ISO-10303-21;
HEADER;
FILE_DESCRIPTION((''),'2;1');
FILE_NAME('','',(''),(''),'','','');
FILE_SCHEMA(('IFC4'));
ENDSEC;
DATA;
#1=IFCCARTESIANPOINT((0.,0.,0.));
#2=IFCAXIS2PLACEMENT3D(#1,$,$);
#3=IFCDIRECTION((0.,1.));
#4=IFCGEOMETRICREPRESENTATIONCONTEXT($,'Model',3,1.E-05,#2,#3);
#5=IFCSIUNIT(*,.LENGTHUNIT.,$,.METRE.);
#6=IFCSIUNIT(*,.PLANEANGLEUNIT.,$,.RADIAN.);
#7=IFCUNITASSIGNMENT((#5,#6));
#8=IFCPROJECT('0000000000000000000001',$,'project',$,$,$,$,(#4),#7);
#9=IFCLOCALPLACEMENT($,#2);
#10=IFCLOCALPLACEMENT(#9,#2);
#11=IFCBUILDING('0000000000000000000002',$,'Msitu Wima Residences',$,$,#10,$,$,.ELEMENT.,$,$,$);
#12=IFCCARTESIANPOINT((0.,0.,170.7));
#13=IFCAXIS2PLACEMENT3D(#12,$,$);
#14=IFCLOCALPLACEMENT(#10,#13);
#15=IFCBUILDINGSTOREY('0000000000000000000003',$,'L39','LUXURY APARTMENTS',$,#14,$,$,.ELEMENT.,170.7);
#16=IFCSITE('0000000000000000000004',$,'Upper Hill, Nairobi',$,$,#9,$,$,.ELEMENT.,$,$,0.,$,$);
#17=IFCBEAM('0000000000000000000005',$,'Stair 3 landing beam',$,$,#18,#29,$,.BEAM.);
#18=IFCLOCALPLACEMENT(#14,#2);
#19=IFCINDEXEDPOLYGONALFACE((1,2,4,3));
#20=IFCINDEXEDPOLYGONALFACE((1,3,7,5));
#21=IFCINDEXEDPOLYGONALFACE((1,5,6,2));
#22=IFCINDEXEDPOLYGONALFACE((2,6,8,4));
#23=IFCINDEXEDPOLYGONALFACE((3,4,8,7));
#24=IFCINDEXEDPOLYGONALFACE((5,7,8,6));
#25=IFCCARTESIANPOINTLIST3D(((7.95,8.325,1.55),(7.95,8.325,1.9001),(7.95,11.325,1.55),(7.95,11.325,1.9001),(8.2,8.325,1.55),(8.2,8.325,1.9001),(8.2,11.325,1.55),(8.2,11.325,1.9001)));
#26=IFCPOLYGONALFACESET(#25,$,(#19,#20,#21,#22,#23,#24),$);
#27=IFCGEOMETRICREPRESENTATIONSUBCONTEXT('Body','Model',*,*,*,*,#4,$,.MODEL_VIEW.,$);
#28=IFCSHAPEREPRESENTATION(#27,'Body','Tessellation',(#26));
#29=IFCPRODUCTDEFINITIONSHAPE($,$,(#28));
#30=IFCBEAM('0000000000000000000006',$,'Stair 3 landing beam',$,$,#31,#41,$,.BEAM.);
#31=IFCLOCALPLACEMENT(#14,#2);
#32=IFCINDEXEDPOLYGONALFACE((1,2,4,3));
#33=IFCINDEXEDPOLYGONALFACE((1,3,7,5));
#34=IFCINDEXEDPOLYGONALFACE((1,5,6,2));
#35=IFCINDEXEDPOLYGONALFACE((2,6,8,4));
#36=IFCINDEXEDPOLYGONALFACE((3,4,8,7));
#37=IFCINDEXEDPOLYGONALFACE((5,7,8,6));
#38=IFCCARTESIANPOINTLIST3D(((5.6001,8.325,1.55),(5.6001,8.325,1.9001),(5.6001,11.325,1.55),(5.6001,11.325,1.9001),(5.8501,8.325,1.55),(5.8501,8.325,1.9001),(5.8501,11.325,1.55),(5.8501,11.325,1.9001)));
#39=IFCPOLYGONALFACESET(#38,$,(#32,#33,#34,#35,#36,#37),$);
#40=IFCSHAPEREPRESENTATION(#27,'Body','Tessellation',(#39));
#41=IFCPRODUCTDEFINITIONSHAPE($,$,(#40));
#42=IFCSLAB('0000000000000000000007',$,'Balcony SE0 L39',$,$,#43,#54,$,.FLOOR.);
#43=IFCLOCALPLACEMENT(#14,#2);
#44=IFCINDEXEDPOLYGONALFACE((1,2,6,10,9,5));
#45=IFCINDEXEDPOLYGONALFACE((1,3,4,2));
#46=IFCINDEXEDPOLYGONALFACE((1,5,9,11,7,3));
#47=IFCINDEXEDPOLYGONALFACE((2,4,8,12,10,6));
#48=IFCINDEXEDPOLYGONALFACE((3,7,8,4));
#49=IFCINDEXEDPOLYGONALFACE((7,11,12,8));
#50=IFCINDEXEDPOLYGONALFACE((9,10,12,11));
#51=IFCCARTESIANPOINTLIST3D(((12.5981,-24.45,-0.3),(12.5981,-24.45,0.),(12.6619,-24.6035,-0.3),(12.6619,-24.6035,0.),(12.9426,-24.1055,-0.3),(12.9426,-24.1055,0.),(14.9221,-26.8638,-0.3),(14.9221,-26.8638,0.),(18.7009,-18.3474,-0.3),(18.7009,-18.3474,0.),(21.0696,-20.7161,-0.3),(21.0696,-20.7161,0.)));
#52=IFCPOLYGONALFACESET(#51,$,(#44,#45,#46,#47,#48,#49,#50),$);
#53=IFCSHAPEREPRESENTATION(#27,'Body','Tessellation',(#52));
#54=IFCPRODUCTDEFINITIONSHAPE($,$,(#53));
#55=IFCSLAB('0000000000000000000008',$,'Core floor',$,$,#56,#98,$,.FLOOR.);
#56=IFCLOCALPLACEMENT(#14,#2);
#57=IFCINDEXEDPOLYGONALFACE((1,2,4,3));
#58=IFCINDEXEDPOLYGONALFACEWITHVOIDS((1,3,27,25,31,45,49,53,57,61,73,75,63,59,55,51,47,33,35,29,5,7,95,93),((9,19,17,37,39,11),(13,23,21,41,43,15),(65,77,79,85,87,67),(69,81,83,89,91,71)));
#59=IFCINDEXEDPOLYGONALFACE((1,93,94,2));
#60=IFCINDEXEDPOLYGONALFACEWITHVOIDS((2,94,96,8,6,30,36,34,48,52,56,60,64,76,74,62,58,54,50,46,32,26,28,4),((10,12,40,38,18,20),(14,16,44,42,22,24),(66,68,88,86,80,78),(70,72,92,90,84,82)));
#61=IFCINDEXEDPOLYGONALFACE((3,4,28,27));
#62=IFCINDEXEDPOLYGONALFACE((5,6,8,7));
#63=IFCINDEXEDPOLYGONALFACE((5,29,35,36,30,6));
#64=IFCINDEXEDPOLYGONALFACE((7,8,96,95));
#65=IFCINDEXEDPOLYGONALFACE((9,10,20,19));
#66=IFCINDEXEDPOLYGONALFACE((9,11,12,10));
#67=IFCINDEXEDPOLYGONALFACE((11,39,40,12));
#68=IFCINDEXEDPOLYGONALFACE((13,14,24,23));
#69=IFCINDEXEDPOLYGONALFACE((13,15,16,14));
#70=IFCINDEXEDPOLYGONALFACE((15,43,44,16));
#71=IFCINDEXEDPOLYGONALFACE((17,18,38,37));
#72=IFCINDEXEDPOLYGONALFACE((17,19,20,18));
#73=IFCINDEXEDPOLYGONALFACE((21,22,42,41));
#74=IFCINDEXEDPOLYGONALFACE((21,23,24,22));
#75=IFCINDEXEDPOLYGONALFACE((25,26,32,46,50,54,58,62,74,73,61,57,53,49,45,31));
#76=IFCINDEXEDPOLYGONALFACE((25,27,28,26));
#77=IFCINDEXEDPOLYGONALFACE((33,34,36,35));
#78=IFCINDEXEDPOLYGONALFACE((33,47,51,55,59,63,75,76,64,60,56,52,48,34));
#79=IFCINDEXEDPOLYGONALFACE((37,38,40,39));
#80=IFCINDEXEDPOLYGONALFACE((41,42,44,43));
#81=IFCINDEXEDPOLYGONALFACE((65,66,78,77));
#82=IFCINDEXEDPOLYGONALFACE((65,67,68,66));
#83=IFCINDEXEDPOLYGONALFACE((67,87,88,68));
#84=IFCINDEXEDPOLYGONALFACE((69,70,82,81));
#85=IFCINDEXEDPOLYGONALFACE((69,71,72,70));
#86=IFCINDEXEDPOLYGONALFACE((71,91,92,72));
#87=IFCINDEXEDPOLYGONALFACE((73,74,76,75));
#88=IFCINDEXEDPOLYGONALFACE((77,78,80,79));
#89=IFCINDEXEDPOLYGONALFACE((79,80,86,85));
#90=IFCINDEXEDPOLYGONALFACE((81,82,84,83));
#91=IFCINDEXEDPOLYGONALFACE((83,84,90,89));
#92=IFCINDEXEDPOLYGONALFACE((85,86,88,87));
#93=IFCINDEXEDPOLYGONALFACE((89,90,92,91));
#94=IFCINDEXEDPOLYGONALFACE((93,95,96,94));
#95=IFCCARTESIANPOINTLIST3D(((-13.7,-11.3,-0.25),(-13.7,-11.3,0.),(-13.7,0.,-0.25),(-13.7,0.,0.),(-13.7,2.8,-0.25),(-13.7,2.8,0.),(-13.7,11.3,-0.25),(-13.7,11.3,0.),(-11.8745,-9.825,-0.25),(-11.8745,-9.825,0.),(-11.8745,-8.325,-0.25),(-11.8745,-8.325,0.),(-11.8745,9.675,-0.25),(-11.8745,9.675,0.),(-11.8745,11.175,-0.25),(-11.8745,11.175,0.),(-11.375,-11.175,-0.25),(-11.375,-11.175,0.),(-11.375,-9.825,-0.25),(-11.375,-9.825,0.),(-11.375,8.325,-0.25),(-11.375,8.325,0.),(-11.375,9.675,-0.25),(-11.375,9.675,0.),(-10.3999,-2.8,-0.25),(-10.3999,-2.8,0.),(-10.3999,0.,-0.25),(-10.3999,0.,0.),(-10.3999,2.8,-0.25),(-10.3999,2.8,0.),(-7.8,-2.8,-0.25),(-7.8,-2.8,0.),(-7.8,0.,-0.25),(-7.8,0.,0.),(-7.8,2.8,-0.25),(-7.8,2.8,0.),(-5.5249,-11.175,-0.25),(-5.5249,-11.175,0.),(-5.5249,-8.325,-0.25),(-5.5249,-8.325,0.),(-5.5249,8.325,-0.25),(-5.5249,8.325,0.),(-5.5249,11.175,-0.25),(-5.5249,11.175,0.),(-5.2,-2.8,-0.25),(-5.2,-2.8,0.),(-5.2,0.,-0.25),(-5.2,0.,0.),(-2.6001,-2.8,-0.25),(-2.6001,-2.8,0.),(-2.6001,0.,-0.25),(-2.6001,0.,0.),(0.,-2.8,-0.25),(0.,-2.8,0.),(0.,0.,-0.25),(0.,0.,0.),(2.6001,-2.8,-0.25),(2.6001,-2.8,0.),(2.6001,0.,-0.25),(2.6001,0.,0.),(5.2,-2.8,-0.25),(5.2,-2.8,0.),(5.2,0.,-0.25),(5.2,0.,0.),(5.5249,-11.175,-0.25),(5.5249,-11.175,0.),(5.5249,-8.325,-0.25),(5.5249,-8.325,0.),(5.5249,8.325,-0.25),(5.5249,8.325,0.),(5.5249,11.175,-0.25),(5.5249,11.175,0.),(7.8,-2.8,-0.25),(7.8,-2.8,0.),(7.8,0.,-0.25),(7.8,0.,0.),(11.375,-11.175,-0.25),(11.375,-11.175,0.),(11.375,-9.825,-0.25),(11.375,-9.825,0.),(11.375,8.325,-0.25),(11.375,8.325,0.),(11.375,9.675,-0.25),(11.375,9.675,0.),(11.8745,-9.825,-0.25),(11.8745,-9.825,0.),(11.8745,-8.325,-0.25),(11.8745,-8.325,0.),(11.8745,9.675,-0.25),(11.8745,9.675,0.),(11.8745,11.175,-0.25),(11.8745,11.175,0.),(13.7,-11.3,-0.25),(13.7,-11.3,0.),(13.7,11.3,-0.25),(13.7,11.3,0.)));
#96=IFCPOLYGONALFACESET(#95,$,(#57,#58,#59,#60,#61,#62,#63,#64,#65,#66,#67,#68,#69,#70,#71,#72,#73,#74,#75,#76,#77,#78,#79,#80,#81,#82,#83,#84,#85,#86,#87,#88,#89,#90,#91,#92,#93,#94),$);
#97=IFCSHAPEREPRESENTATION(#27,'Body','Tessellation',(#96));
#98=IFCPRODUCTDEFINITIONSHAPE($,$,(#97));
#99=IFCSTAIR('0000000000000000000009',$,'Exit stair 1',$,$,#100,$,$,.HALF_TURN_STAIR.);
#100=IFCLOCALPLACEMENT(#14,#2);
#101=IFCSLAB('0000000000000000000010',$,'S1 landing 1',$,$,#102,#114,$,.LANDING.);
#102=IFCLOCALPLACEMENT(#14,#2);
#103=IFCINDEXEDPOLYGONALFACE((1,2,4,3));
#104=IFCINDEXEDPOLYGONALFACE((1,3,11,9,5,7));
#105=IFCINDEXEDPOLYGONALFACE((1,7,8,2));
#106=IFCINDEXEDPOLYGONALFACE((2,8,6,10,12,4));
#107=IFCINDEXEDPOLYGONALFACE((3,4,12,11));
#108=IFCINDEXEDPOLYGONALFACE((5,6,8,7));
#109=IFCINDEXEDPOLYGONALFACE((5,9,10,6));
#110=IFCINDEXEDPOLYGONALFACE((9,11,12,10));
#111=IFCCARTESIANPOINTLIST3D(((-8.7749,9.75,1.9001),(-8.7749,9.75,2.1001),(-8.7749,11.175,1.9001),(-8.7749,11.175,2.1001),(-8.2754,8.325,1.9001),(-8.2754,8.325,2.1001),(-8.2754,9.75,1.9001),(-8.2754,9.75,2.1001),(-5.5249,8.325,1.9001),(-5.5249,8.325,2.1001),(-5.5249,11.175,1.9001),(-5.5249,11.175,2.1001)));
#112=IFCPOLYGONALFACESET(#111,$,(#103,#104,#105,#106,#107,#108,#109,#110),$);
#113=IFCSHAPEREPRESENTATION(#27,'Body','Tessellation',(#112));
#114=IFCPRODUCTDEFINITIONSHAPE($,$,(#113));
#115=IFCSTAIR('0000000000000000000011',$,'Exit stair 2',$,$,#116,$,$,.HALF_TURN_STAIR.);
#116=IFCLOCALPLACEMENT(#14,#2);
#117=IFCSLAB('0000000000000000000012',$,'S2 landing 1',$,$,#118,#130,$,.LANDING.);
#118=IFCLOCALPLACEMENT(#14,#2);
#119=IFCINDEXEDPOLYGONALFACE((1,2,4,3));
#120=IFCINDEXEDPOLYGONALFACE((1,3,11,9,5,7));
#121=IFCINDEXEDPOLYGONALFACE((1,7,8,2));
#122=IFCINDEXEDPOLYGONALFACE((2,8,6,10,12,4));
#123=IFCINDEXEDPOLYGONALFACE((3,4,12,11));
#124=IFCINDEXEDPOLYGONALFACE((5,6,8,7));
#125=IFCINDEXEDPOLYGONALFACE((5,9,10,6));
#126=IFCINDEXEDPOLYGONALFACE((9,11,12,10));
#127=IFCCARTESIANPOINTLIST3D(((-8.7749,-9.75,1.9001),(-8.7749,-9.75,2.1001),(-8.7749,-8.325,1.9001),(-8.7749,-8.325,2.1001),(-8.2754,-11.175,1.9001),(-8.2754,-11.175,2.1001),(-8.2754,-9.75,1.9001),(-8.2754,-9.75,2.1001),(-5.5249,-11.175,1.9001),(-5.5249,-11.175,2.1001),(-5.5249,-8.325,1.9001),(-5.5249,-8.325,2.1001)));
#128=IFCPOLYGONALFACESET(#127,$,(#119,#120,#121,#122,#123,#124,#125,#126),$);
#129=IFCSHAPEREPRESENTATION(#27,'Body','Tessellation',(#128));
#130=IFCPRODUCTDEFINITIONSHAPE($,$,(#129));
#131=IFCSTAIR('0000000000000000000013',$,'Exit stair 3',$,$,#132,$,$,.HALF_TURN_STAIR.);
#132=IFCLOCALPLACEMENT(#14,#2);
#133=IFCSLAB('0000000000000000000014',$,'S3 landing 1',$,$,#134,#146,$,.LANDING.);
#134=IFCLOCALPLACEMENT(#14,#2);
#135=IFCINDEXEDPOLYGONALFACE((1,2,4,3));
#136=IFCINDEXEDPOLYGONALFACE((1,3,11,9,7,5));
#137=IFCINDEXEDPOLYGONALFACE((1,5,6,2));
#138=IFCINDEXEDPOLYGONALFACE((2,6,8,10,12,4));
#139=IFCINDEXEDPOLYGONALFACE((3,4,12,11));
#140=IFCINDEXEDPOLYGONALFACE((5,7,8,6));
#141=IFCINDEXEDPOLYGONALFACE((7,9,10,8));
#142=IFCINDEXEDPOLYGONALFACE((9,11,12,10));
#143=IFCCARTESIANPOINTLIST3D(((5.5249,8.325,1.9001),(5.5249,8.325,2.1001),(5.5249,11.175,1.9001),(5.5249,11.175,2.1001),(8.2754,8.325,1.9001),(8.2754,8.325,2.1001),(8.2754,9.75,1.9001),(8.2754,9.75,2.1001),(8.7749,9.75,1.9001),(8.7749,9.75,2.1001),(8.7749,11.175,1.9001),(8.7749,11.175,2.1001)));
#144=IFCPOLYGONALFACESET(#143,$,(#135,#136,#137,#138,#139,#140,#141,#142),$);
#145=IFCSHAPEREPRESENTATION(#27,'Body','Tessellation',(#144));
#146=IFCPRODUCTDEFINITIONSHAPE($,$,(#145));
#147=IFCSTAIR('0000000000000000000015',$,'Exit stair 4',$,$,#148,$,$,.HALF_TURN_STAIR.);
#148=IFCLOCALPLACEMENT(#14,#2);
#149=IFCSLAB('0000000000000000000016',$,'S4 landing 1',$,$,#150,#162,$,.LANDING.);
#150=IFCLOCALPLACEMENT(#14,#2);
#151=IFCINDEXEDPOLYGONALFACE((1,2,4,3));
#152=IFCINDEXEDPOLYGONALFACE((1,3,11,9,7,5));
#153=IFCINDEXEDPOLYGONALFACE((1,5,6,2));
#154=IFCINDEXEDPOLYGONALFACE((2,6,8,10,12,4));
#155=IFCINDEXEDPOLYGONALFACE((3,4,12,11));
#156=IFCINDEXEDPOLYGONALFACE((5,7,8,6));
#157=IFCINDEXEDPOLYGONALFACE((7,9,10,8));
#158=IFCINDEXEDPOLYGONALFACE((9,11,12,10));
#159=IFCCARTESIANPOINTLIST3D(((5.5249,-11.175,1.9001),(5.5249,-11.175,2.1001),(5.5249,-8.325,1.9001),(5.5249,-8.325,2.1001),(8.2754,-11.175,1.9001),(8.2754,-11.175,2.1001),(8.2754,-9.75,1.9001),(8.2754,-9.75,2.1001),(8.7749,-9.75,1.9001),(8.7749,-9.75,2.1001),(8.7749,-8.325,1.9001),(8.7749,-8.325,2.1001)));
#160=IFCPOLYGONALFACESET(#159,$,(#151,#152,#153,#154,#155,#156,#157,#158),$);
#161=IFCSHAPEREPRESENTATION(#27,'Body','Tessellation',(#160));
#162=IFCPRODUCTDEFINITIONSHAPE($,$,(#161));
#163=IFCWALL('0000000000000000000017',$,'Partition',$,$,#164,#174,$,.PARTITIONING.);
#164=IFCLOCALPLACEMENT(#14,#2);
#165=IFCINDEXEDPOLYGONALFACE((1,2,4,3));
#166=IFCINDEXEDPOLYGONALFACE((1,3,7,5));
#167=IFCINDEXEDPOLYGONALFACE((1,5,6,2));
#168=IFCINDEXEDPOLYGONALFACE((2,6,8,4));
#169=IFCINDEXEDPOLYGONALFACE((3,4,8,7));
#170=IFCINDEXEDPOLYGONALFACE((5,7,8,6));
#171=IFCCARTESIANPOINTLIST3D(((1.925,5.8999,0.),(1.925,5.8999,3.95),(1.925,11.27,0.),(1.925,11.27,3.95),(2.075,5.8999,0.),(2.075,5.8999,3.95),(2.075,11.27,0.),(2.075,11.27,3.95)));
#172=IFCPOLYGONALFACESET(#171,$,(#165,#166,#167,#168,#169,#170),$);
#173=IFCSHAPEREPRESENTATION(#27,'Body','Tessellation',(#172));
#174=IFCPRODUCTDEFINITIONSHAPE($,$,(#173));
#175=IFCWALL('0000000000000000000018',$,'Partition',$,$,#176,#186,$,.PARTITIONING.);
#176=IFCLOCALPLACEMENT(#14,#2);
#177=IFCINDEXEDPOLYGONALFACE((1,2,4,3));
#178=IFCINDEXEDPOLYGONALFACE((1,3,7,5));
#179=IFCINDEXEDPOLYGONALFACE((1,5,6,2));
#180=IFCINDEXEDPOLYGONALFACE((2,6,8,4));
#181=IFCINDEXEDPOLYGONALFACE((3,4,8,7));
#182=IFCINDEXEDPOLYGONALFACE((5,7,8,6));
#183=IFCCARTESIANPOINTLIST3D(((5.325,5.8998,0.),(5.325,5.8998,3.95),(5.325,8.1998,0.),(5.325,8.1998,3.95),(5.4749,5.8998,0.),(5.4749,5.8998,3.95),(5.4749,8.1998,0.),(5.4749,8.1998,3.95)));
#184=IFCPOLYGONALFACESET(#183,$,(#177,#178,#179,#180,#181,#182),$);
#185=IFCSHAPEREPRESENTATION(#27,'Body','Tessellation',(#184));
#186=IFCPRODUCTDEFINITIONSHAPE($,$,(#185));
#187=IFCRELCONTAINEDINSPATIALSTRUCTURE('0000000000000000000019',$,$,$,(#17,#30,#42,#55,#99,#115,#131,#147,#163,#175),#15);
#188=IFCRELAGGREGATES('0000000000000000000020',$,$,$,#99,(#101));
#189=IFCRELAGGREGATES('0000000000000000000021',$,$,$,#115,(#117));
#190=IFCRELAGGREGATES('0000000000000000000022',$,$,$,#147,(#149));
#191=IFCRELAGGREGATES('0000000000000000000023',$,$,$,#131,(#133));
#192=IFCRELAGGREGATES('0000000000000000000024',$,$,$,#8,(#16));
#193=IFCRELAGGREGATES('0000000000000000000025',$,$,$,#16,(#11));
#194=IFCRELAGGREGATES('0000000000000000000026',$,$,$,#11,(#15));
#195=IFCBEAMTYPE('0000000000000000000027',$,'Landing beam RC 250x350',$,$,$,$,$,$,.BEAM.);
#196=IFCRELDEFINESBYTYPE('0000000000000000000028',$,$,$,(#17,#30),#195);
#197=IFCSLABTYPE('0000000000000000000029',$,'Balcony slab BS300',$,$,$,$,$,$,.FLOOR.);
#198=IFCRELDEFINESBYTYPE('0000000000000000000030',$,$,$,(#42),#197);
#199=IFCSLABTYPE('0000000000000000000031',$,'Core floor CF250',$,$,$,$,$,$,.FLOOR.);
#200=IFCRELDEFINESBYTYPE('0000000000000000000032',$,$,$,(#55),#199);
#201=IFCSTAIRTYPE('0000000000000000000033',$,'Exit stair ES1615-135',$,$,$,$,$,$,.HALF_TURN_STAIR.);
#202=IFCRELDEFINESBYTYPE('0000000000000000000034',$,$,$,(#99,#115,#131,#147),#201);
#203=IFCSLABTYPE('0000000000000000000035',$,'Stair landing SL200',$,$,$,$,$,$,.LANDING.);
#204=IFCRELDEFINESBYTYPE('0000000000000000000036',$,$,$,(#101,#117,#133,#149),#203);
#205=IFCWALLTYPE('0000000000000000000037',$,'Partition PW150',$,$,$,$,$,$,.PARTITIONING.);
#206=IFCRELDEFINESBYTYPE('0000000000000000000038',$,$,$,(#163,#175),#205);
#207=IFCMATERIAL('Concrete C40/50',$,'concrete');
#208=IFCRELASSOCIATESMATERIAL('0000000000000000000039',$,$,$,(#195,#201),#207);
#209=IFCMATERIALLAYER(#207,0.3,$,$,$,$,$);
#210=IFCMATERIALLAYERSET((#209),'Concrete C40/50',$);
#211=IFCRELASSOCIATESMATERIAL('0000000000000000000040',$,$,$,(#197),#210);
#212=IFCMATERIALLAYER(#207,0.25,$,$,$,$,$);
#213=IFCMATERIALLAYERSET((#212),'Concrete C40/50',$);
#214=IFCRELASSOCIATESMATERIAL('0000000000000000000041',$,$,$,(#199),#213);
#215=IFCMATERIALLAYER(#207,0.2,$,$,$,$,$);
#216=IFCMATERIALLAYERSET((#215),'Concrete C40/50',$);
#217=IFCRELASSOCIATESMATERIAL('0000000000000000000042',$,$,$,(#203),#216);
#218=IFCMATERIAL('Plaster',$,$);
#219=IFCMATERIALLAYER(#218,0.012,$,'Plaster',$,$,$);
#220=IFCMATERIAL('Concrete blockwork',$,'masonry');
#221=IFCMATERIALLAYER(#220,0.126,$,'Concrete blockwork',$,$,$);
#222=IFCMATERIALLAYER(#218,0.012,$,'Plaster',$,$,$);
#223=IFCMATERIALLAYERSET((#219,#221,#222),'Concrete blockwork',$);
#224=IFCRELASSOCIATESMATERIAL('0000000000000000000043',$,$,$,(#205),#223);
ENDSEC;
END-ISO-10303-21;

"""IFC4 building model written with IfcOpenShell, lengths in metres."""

from ifc_helpers import new_model, si_unit, direction, frame, frame_2d, origin, origin_2d, place, context, subcontext, project, spatial, polyline, rectangle, outline, extrude, material, layer, layer_set, material_profile, profile_set, type_object, element, aggregate, save


model = new_model("IFC4")

# Units and contexts
model_context = context("Model", 3, precision=1e-05, world=origin(), true_north=direction((0.0, 1.0)))
body_context = subcontext(model_context, "Body", "Model", "MODEL_VIEW")
ifc_project = project(units=[si_unit("LENGTHUNIT", "METRE"), si_unit("PLANEANGLEUNIT", "RADIAN")], contexts=[model_context])

# Site, building, storey
site_placement = place(None, origin())
site = spatial("IfcSite", under=ifc_project, at=site_placement, Name="Upper Hill, Nairobi", CompositionType="ELEMENT", RefElevation=0.0)
building_placement = place(site_placement, origin())
building = spatial("IfcBuilding", under=site, at=building_placement, Name="Msitu Wima Residences", CompositionType="ELEMENT")
storey_placement = place(building_placement, frame((0.0, 0.0, 170.7)))
storey = spatial("IfcBuildingStorey", under=building, at=storey_placement, Name="L39", Description="LUXURY APARTMENTS", CompositionType="ELEMENT", Elevation=170.7)

# Beams
ifc_material_1 = material(Name="Concrete C40/50", Category="concrete")
ifc_material_profile = material_profile(ifc_material_1, rectangle(XDim=0.25, YDim=0.3501, at=origin_2d()), Name="RC 250x350")
ifc_profile_set = profile_set([ifc_material_profile], Name="Concrete C40/50")
beam_type = type_object("IfcBeamType", Name="Landing beam RC 250x350", PredefinedType="BEAM", material=ifc_profile_set)
for number, where, z_axis, x_axis, name in (
    (1, (8.075, 8.325, 1.7251), (0.0, 1.0, 0.0), (-1.0, 0.0, 0.0), "Stair 3 landing beam"),
    (2, (5.7251, 8.325, 1.7251), (0.0, 1.0, 0.0), (-1.0, 0.0, 0.0), "Stair 3 landing beam"),
):
    element("IfcBeam", number, at=place(storey_placement, frame(where, z_axis=z_axis, x_axis=x_axis)), inside=storey, type_object=beam_type, Name=name, PredefinedType="BEAM", context=body_context, shape_type="SweptSolid", body=[
        extrude(rectangle(XDim=0.25, YDim=0.3501, at=origin_2d()), origin(), (0.0, 0.0, 1.0), 3.0),
    ])

# Slabs
ifc_layer_1 = layer(ifc_material_1, 0.3)
ifc_layer_set_1 = layer_set([ifc_layer_1], Name="Concrete C40/50")
slab_type_1 = type_object("IfcSlabType", Name="Balcony slab BS300", PredefinedType="FLOOR", material=ifc_layer_set_1)
slab_1_placement = place(storey_placement, frame((0.0, 0.0, -0.3)))
element("IfcSlab", 3, at=slab_1_placement, inside=storey, type_object=slab_type_1, Name="Balcony SE0 L39", PredefinedType="FLOOR", context=body_context, shape_type="SweptSolid", body=[
    extrude(outline(polyline([(12.9426, -24.1055), (12.9426, -24.1055), (18.7009, -18.3474), (21.0696, -20.7161), (14.9221, -26.8638), (12.6619, -24.6035), (12.5981, -24.45), (12.9426, -24.1055), (12.9426, -24.1055)])), origin(), (0.0, 0.0, 1.0), 0.3),
])
ifc_layer_2 = layer(ifc_material_1, 0.25)
ifc_layer_set_2 = layer_set([ifc_layer_2], Name="Concrete C40/50")
slab_type_2 = type_object("IfcSlabType", Name="Core floor CF250", PredefinedType="FLOOR", material=ifc_layer_set_2)
slab_2_placement = place(storey_placement, frame((0.0, 0.0, -0.25)))
element("IfcSlab", 4, at=slab_2_placement, inside=storey, type_object=slab_type_2, Name="Core floor", PredefinedType="FLOOR", context=body_context, shape_type="SweptSolid", body=[
    extrude(outline(polyline([(-13.7, 11.3), (-13.7, 2.8), (-10.3999, 2.8), (-7.8, 2.8), (-7.8, 0.0), (-5.2, 0.0), (-2.6001, 0.0), (0.0, 0.0), (2.6001, 0.0), (5.2, 0.0), (7.8, 0.0), (7.8, -2.8), (5.2, -2.8), (2.6001, -2.8), (0.0, -2.8), (-2.6001, -2.8), (-5.2, -2.8), (-7.8, -2.8), (-10.3999, -2.8), (-10.3999, 0.0), (-13.7, 0.0), (-13.7, -11.3), (13.7, -11.3), (13.7, 11.3), (-13.7, 11.3)]), holes=[polyline([(-11.375, -11.175), (-11.375, -9.825), (-11.8745, -9.825), (-11.8745, -8.325), (-5.5249, -8.325), (-5.5249, -11.175), (-11.375, -11.175)]), polyline([(-11.375, 8.325), (-11.375, 9.675), (-11.8745, 9.675), (-11.8745, 11.175), (-5.5249, 11.175), (-5.5249, 8.325), (-11.375, 8.325)]), polyline([(11.375, -9.825), (11.375, -11.175), (5.5249, -11.175), (5.5249, -8.325), (11.8745, -8.325), (11.8745, -9.825), (11.375, -9.825)]), polyline([(11.375, 9.675), (11.375, 8.325), (5.5249, 8.325), (5.5249, 11.175), (11.8745, 11.175), (11.8745, 9.675), (11.375, 9.675)])]), origin(), (0.0, 0.0, 1.0), 0.25),
])

# Stairs, slabs
stair_type = type_object("IfcStairType", Name="Exit stair ES1615-135", PredefinedType="HALF_TURN_STAIR", material=ifc_material_1)
stair_1_placement = place(storey_placement, origin())
stair_1 = element("IfcStair", 5, at=stair_1_placement, inside=storey, type_object=stair_type, Name="Exit stair 1", PredefinedType="HALF_TURN_STAIR")
ifc_layer_3 = layer(ifc_material_1, 0.2)
ifc_layer_set_3 = layer_set([ifc_layer_3], Name="Concrete C40/50")
slab_type_3 = type_object("IfcSlabType", Name="Stair landing SL200", PredefinedType="LANDING", material=ifc_layer_set_3)
slab_3_placement = place(storey_placement, frame((0.0, 0.0, 1.9001)))
slab_3 = element("IfcSlab", 6, at=slab_3_placement, type_object=slab_type_3, Name="S1 landing 1", PredefinedType="LANDING", context=body_context, shape_type="SweptSolid", body=[
    extrude(outline(polyline([(-5.5249, 8.325), (-8.2754, 8.325), (-8.2754, 9.75), (-8.7749, 9.75), (-8.7749, 11.175), (-5.5249, 11.175), (-5.5249, 8.325)])), origin(), (0.0, 0.0, 1.0), 0.2),
])
aggregate(stair_1, [slab_3])
stair_2_placement = place(storey_placement, origin())
stair_2 = element("IfcStair", 7, at=stair_2_placement, inside=storey, type_object=stair_type, Name="Exit stair 2", PredefinedType="HALF_TURN_STAIR")
slab_4_placement = place(storey_placement, frame((0.0, 0.0, 1.9001)))
slab_4 = element("IfcSlab", 8, at=slab_4_placement, type_object=slab_type_3, Name="S2 landing 1", PredefinedType="LANDING", context=body_context, shape_type="SweptSolid", body=[
    extrude(outline(polyline([(-5.5249, -11.175), (-8.2754, -11.175), (-8.2754, -9.75), (-8.7749, -9.75), (-8.7749, -8.325), (-5.5249, -8.325), (-5.5249, -11.175)])), origin(), (0.0, 0.0, 1.0), 0.2),
])
aggregate(stair_2, [slab_4])
stair_3_placement = place(storey_placement, origin())
stair_3 = element("IfcStair", 9, at=stair_3_placement, inside=storey, type_object=stair_type, Name="Exit stair 3", PredefinedType="HALF_TURN_STAIR")
slab_5_placement = place(storey_placement, frame((0.0, 0.0, 1.9001)))
slab_5 = element("IfcSlab", 10, at=slab_5_placement, type_object=slab_type_3, Name="S3 landing 1", PredefinedType="LANDING", context=body_context, shape_type="SweptSolid", body=[
    extrude(outline(polyline([(5.5249, 8.325), (8.2754, 8.325), (8.2754, 9.75), (8.7749, 9.75), (8.7749, 11.175), (5.5249, 11.175), (5.5249, 8.325)])), origin(), (0.0, 0.0, 1.0), 0.2),
])
stair_4_placement = place(storey_placement, origin())
stair_4 = element("IfcStair", 11, at=stair_4_placement, inside=storey, type_object=stair_type, Name="Exit stair 4", PredefinedType="HALF_TURN_STAIR")
slab_6_placement = place(storey_placement, frame((0.0, 0.0, 1.9001)))
slab_6 = element("IfcSlab", 12, at=slab_6_placement, type_object=slab_type_3, Name="S4 landing 1", PredefinedType="LANDING", context=body_context, shape_type="SweptSolid", body=[
    extrude(outline(polyline([(5.5249, -11.175), (8.2754, -11.175), (8.2754, -9.75), (8.7749, -9.75), (8.7749, -8.325), (5.5249, -8.325), (5.5249, -11.175)])), origin(), (0.0, 0.0, 1.0), 0.2),
])
aggregate(stair_4, [slab_6])

# Walls
ifc_material_2 = material(Name="Plaster")
ifc_layer_4 = layer(ifc_material_2, 0.012, Name="Plaster")
ifc_material_3 = material(Name="Concrete blockwork", Category="masonry")
ifc_layer_5 = layer(ifc_material_3, 0.126, Name="Concrete blockwork")
ifc_layer_6 = layer(ifc_material_2, 0.012, Name="Plaster")
ifc_layer_set_4 = layer_set([ifc_layer_4, ifc_layer_5, ifc_layer_6], Name="Concrete blockwork")
wall_type_1 = type_object("IfcWallType", Name="Partition PW150", PredefinedType="PARTITIONING", material=ifc_layer_set_4)
wall_1_placement = place(storey_placement, frame((2.0, 5.8999, 0.0), z_axis=(0.0, 0.0, 1.0), x_axis=(0.0, 1.0, 0.0)))
element("IfcWall", 13, at=wall_1_placement, inside=storey, type_object=wall_type_1, Name="Partition", PredefinedType="PARTITIONING", context=body_context, shape_type="SweptSolid", body=[
    extrude(rectangle(XDim=5.3701, YDim=0.1499, at=frame_2d((2.6851, 0.0))), origin(), (0.0, 0.0, 1.0), 3.95),
])
wall_2_placement = place(storey_placement, frame((5.3999, 5.8999, 0.0), z_axis=(0.0, 0.0, 1.0), x_axis=(0.0, 1.0, 0.0)))
element("IfcWall", 14, at=wall_2_placement, inside=storey, type_object=wall_type_1, Name="Partition", PredefinedType="PARTITIONING", context=body_context, shape_type="SweptSolid", body=[
    extrude(rectangle(XDim=2.3, YDim=0.1499, at=frame_2d((1.1499, 0.0))), origin(), (0.0, 0.0, 1.0), 3.95),
])

aggregate(stair_3, [slab_5])

save(model, "model.ifc")
